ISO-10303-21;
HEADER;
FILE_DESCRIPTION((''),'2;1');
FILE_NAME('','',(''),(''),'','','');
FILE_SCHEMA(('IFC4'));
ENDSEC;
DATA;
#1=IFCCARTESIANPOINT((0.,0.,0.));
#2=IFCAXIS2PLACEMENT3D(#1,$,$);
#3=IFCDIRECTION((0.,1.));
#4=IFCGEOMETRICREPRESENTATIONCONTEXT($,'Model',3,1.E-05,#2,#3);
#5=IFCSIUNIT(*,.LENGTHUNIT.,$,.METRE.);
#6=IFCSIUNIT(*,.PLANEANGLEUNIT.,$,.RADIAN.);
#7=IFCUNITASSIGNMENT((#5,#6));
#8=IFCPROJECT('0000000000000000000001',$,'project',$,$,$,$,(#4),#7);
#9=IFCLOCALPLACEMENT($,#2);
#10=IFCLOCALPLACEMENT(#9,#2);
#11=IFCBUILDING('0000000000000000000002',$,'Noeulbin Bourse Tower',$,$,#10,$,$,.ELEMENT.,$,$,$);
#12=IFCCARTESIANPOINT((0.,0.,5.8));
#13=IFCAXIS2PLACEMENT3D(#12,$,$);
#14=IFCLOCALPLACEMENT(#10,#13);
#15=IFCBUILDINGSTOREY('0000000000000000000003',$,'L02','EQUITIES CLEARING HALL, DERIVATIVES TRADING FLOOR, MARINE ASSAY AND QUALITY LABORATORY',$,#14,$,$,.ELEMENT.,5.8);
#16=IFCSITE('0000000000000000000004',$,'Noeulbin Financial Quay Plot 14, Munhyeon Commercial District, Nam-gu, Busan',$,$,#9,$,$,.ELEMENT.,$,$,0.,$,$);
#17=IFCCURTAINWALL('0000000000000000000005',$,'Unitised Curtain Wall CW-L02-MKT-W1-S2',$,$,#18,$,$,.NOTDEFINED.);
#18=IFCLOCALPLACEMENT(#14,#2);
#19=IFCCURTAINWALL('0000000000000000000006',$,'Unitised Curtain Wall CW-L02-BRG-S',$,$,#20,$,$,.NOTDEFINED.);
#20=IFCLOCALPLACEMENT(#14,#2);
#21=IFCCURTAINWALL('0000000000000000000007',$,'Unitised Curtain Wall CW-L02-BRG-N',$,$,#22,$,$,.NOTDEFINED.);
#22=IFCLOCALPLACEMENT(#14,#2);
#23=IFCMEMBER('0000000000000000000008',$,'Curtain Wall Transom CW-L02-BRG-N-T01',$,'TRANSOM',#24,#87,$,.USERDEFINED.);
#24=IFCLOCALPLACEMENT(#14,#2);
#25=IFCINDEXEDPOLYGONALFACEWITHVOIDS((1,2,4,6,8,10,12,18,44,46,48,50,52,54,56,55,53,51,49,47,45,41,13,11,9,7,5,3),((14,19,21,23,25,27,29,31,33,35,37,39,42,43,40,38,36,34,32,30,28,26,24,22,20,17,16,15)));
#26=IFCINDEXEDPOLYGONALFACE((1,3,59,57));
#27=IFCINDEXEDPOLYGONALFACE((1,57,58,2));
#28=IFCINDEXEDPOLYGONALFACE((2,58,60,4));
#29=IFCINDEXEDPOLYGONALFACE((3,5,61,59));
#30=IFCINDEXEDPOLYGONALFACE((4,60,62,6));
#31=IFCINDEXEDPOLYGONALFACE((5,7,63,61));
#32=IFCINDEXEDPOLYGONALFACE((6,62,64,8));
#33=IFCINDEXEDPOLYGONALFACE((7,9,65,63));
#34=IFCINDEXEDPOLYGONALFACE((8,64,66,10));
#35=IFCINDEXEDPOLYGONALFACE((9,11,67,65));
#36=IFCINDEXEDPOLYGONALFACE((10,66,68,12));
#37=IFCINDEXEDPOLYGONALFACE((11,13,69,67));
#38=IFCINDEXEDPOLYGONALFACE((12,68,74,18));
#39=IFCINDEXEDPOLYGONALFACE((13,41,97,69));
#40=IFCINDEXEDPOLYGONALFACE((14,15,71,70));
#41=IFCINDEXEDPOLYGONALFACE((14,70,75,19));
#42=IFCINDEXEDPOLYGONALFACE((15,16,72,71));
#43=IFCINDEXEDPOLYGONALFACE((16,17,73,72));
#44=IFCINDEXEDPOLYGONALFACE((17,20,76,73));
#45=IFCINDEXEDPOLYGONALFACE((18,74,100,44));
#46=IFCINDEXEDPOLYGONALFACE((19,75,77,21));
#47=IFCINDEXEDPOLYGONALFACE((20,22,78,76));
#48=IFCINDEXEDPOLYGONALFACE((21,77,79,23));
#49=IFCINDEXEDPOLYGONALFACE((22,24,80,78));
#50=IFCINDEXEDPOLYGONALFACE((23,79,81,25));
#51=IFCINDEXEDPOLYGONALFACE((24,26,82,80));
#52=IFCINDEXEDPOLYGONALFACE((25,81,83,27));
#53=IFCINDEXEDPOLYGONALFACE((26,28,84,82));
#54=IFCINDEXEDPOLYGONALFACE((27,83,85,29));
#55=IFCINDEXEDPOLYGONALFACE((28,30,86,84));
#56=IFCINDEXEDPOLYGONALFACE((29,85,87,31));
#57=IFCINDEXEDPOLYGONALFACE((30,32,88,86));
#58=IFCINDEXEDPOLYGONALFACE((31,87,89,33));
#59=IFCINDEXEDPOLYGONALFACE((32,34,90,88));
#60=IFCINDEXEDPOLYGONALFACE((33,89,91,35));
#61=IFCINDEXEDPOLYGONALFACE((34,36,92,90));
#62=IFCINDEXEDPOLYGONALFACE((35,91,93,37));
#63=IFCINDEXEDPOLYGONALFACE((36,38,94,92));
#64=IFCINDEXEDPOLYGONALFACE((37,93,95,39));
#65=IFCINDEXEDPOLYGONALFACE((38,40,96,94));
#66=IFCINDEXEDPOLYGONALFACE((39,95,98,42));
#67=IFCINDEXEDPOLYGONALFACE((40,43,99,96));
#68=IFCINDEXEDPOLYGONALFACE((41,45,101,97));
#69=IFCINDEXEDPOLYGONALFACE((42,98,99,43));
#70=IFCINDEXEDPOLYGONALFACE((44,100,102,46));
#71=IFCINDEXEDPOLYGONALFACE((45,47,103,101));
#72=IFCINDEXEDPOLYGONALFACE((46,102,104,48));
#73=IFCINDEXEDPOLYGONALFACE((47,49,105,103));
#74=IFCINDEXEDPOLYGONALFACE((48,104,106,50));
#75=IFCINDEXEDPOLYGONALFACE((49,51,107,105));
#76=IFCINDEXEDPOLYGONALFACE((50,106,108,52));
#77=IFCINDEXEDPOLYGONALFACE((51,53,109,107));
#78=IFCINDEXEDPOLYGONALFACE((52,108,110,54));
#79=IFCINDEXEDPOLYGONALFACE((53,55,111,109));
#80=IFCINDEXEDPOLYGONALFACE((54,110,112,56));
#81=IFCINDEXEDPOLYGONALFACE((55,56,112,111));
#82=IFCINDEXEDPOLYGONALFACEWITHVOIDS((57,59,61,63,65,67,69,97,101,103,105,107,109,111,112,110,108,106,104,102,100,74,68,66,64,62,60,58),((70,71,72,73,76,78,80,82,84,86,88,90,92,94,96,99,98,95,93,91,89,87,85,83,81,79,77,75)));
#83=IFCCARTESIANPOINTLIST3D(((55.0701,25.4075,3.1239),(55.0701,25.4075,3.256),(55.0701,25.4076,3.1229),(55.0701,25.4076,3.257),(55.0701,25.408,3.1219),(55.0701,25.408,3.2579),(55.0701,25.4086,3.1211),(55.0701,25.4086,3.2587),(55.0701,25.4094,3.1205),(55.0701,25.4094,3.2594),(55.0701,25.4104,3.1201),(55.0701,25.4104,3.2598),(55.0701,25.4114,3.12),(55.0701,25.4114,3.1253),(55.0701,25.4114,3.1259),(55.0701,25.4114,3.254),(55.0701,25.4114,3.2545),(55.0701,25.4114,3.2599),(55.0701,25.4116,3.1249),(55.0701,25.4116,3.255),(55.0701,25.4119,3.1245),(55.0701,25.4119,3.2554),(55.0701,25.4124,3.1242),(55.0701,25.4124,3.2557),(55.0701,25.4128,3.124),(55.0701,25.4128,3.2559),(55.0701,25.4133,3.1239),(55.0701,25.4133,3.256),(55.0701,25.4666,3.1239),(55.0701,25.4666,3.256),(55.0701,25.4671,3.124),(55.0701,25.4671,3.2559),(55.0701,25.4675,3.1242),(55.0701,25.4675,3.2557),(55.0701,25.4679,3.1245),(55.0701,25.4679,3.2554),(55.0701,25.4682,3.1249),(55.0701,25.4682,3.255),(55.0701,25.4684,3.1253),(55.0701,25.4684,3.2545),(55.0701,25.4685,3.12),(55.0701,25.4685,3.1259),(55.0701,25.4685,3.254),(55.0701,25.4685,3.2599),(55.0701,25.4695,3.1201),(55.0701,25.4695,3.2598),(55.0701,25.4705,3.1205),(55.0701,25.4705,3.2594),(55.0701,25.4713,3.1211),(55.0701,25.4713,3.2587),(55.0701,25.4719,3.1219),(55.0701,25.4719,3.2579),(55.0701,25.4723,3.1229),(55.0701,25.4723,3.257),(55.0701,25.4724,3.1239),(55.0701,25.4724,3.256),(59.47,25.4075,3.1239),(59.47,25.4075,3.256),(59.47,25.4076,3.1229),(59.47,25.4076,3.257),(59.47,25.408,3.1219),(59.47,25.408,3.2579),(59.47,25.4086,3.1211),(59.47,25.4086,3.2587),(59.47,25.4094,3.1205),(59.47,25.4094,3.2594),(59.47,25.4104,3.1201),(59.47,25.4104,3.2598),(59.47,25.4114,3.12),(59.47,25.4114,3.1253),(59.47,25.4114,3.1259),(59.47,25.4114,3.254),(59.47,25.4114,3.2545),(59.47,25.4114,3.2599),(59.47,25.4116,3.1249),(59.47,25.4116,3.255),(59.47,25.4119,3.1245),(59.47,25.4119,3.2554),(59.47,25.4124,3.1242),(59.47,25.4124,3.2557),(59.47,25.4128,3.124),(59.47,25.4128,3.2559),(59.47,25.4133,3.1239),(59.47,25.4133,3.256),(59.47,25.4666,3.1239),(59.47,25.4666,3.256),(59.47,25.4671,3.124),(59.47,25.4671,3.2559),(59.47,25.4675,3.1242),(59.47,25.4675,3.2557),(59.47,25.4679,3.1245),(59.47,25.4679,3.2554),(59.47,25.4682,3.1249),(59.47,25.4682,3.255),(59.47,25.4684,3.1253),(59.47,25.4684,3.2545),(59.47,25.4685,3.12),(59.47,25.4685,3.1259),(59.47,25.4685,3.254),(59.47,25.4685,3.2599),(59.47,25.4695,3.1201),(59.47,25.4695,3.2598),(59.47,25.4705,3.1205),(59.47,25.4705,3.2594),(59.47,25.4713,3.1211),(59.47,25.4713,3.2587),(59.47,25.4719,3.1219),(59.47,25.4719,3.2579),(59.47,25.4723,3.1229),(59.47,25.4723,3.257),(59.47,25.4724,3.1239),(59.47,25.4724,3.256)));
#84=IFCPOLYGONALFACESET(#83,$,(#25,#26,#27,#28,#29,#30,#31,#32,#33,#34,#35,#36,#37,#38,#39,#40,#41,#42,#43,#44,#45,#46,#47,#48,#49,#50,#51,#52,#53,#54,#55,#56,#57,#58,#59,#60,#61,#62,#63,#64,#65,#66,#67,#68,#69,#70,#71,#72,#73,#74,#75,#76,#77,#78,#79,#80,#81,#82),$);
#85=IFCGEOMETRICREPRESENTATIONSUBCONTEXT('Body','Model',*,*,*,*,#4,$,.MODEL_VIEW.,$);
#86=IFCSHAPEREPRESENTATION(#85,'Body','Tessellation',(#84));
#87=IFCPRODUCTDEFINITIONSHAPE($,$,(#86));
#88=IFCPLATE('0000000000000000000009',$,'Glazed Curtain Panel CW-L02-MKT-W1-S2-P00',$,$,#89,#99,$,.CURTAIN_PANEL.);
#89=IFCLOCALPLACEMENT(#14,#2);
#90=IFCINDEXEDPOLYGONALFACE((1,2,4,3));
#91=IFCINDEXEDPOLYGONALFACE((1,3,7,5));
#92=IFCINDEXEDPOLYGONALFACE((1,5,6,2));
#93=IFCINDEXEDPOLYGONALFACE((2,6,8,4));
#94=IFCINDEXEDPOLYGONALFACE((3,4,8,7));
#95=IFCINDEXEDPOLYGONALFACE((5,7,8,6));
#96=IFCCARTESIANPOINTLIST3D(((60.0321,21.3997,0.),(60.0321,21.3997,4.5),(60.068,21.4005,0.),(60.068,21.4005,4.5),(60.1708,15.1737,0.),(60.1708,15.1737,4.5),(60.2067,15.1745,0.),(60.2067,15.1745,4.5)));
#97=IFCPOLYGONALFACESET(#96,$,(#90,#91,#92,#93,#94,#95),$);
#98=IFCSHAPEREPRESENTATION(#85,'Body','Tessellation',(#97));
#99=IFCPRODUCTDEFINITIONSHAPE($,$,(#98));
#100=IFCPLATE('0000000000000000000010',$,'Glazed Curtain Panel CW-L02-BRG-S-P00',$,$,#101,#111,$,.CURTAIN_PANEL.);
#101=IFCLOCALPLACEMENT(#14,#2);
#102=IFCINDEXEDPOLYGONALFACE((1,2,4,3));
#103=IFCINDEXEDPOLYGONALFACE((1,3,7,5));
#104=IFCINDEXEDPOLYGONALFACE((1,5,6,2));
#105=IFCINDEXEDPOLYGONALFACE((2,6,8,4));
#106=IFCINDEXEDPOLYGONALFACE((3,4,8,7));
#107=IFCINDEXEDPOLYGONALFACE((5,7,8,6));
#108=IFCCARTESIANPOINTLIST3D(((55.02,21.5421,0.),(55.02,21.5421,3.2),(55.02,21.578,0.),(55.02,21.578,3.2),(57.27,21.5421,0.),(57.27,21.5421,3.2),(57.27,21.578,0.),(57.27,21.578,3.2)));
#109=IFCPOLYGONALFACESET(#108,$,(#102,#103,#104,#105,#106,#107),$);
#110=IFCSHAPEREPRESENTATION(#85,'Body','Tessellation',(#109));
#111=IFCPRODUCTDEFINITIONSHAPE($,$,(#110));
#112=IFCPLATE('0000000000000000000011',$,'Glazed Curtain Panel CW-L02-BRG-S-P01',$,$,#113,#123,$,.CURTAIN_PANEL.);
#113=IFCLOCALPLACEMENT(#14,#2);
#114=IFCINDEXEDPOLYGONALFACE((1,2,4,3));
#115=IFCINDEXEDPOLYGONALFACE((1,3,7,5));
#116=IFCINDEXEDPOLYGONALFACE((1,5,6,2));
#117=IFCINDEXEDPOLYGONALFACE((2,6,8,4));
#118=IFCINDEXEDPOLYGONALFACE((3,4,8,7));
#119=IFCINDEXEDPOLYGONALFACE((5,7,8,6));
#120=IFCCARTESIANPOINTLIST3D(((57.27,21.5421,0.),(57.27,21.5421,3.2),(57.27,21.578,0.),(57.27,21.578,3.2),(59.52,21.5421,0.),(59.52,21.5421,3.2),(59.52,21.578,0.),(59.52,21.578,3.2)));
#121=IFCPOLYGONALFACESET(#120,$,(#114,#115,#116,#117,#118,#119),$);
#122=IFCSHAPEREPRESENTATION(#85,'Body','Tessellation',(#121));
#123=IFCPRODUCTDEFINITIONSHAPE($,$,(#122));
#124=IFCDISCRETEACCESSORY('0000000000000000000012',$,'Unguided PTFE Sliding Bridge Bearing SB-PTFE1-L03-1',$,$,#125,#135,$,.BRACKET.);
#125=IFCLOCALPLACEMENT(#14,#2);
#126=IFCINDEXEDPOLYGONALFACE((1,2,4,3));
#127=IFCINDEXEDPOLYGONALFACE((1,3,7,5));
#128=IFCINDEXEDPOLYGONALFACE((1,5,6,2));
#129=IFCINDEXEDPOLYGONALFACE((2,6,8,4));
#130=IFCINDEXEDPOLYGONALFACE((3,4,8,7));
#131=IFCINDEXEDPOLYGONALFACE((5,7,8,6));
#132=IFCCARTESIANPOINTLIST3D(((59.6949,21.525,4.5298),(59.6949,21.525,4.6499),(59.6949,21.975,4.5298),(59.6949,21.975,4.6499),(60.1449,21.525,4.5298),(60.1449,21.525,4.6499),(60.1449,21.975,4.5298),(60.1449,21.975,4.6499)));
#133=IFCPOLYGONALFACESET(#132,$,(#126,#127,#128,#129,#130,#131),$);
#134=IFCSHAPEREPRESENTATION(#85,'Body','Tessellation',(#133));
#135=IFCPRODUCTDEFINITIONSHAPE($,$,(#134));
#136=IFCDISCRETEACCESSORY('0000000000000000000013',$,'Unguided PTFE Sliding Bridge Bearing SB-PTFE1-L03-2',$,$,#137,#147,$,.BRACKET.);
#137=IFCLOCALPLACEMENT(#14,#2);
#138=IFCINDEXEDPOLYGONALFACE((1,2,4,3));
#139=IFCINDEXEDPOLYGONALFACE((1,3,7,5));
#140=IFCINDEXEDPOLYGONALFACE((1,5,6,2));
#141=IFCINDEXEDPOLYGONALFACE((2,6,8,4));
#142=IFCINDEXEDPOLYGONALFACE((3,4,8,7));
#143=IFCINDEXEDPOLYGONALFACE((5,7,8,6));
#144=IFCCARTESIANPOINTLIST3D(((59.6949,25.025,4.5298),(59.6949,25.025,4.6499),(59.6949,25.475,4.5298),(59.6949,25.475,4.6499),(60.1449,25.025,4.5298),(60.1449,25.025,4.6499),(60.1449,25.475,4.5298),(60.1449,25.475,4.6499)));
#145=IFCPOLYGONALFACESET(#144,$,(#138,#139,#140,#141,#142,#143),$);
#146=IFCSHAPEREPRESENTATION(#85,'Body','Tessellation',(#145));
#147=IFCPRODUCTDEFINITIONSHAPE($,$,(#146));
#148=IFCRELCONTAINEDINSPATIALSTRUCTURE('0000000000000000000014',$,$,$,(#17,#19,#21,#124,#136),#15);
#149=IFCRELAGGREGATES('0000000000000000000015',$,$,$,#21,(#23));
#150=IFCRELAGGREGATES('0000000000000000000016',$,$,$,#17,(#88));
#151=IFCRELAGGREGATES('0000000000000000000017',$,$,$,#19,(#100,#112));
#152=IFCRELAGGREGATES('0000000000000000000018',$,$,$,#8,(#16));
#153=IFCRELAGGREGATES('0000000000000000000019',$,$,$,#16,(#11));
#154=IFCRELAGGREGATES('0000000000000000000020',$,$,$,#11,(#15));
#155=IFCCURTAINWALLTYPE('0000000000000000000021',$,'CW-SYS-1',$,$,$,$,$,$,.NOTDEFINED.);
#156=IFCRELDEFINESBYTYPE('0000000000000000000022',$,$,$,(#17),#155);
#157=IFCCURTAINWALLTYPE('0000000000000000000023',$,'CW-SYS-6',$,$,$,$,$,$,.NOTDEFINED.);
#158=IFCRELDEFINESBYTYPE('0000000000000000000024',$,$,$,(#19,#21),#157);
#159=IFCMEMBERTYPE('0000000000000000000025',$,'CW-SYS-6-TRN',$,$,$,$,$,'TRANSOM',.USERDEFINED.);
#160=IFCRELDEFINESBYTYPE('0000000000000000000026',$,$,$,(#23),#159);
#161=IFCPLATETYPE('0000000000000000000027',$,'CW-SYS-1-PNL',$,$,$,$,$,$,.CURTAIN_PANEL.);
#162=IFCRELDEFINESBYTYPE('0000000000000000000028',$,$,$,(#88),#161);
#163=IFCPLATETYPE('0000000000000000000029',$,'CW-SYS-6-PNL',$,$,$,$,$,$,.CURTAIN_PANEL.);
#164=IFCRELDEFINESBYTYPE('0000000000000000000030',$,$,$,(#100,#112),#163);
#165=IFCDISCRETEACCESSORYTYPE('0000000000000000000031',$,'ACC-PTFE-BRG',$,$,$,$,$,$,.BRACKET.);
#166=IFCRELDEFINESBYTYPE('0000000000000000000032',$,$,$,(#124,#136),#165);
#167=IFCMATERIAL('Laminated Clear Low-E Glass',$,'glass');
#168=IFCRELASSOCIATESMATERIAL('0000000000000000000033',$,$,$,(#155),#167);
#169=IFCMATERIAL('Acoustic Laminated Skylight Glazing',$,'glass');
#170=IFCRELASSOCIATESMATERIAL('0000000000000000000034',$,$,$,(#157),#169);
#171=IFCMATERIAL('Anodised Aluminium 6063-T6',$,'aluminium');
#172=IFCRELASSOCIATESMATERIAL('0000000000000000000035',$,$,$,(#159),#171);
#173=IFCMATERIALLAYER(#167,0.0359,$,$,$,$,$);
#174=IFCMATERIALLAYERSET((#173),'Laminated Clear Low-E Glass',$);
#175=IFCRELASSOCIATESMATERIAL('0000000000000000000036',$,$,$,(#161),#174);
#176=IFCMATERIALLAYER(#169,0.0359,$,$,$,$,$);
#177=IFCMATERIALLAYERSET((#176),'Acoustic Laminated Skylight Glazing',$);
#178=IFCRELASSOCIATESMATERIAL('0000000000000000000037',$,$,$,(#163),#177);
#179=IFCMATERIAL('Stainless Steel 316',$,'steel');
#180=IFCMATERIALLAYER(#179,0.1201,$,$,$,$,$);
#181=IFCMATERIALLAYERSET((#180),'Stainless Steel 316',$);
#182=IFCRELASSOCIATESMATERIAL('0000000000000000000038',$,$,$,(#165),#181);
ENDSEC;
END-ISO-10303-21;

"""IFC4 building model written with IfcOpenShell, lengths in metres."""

from ifc_helpers import new_model, si_unit, direction, frame, origin, origin_2d, place, context, subcontext, project, spatial, rectangle, hollow_rectangle, extrude, material, layer, layer_set, material_profile, profile_set, type_object, element, aggregate, save


model = new_model("IFC4")

# Units and contexts
model_context = context("Model", 3, precision=1e-05, world=origin(), true_north=direction((0.0, 1.0)))
body_context = subcontext(model_context, "Body", "Model", "MODEL_VIEW")
ifc_project = project(units=[si_unit("LENGTHUNIT", "METRE"), si_unit("PLANEANGLEUNIT", "RADIAN")], contexts=[model_context])

# Site, building, storey
site_placement = place(None, origin())
site = spatial("IfcSite", under=ifc_project, at=site_placement, Name="Noeulbin Financial Quay Plot 14, Munhyeon Commercial District, Nam-gu, Busan", CompositionType="ELEMENT", RefElevation=0.0)
building_placement = place(site_placement, origin())
building = spatial("IfcBuilding", under=site, at=building_placement, Name="Noeulbin Bourse Tower", CompositionType="ELEMENT")
storey_placement = place(building_placement, frame((0.0, 0.0, 5.8)))
storey = spatial("IfcBuildingStorey", under=building, at=storey_placement, Name="L02", Description="EQUITIES CLEARING HALL, DERIVATIVES TRADING FLOOR, MARINE ASSAY AND QUALITY LABORATORY", CompositionType="ELEMENT", Elevation=5.8)

# Curtain wall
ifc_material_1 = material(Name="Laminated Clear Low-E Glass", Category="glass")
curtain_wall_type_1 = type_object("IfcCurtainWallType", Name="CW-SYS-1", PredefinedType="NOTDEFINED", material=ifc_material_1)
curtain_wall_1_placement = place(storey_placement, origin())
curtain_wall_1 = element("IfcCurtainWall", 1, at=curtain_wall_1_placement, inside=storey, type_object=curtain_wall_type_1, Name="Unitised Curtain Wall CW-L02-MKT-W1-S2", PredefinedType="NOTDEFINED")
ifc_material_2 = material(Name="Anodised Aluminium 6063-T6", Category="aluminium")

# Curtain wall
ifc_material_3 = material(Name="Acoustic Laminated Skylight Glazing", Category="glass")
curtain_wall_type_2 = type_object("IfcCurtainWallType", Name="CW-SYS-6", PredefinedType="NOTDEFINED", material=ifc_material_3)
curtain_wall_2_placement = place(storey_placement, origin())
curtain_wall_2 = element("IfcCurtainWall", 2, at=curtain_wall_2_placement, inside=storey, type_object=curtain_wall_type_2, Name="Unitised Curtain Wall CW-L02-BRG-S", PredefinedType="NOTDEFINED")

# Curtain wall
curtain_wall_3_placement = place(storey_placement, origin())
curtain_wall_3 = element("IfcCurtainWall", 3, at=curtain_wall_3_placement, inside=storey, type_object=curtain_wall_type_2, Name="Unitised Curtain Wall CW-L02-BRG-N", PredefinedType="NOTDEFINED")

# Member
ifc_material_profile_1 = material_profile(ifc_material_2, hollow_rectangle(XDim=0.0649, YDim=0.1399, WallThickness=0.0039, InnerFilletRadius=0.002, OuterFilletRadius=0.0039, at=origin_2d()), Name="ALU-TRAN-65x140x4", Category="LoadBearing")
ifc_profile_set_1 = profile_set([ifc_material_profile_1], Name="Anodised Aluminium 6063-T6")
member_type_1 = type_object("IfcMemberType", Name="CW-SYS-6-TRN", ElementType="TRANSOM", PredefinedType="USERDEFINED", material=ifc_profile_set_1)
member_1_placement = place(storey_placement, frame((55.0701, 25.4399, 3.1899), z_axis=(1.0, 0.0, 0.0), x_axis=(0.0, 1.0, 0.0)))
member_1 = element("IfcMember", 4, at=member_1_placement, type_object=member_type_1, Name="Curtain Wall Transom CW-L02-BRG-N-T01", ObjectType="TRANSOM", PredefinedType="USERDEFINED", context=body_context, shape_type="SweptSolid", body=[
    extrude(hollow_rectangle(XDim=0.0649, YDim=0.1399, WallThickness=0.0039, InnerFilletRadius=0.002, OuterFilletRadius=0.0039, at=origin_2d()), origin(), (0.0, 0.0, 1.0), 4.3999),
])
aggregate(curtain_wall_3, [member_1])

# Plates
ifc_layer_1 = layer(ifc_material_1, 0.0359)
ifc_layer_set_1 = layer_set([ifc_layer_1], Name="Laminated Clear Low-E Glass")
plate_type_1 = type_object("IfcPlateType", Name="CW-SYS-1-PNL", PredefinedType="CURTAIN_PANEL", material=ifc_layer_set_1)
plate_1_placement = place(storey_placement, frame((60.1194, 18.2871, 0.0), z_axis=(0.0, 0.0, 1.0), x_axis=(-0.022269, 0.999752, 0.0)))
plate_1 = element("IfcPlate", 5, at=plate_1_placement, type_object=plate_type_1, Name="Glazed Curtain Panel CW-L02-MKT-W1-S2-P00", PredefinedType="CURTAIN_PANEL", context=body_context, shape_type="SweptSolid", body=[
    extrude(rectangle(XDim=6.2275, YDim=0.0359, at=origin_2d()), origin(), (0.0, 0.0, 1.0), 4.5),
])
aggregate(curtain_wall_1, [plate_1])
ifc_layer_2 = layer(ifc_material_3, 0.0359)
ifc_layer_set_2 = layer_set([ifc_layer_2], Name="Acoustic Laminated Skylight Glazing")
plate_type_2 = type_object("IfcPlateType", Name="CW-SYS-6-PNL", PredefinedType="CURTAIN_PANEL", material=ifc_layer_set_2)
plate_2_placement = place(storey_placement, frame((56.145, 21.5601, 0.0), z_axis=(0.0, 0.0, 1.0), x_axis=(1.0, 0.0, 0.0)))
plate_2 = element("IfcPlate", 6, at=plate_2_placement, type_object=plate_type_2, Name="Glazed Curtain Panel CW-L02-BRG-S-P00", PredefinedType="CURTAIN_PANEL", context=body_context, shape_type="SweptSolid", body=[
    extrude(rectangle(XDim=2.25, YDim=0.0359, at=origin_2d()), origin(), (0.0, 0.0, 1.0), 3.2),
])
plate_3_placement = place(storey_placement, frame((58.395, 21.5601, 0.0), z_axis=(0.0, 0.0, 1.0), x_axis=(1.0, 0.0, 0.0)))
plate_3 = element("IfcPlate", 7, at=plate_3_placement, type_object=plate_type_2, Name="Glazed Curtain Panel CW-L02-BRG-S-P01", PredefinedType="CURTAIN_PANEL", context=body_context, shape_type="SweptSolid", body=[
    extrude(rectangle(XDim=2.25, YDim=0.0359, at=origin_2d()), origin(), (0.0, 0.0, 1.0), 3.2),
])
aggregate(curtain_wall_2, [plate_2, plate_3])

# Discrete accessories
ifc_material_4 = material(Name="Stainless Steel 316", Category="steel")
ifc_layer_3 = layer(ifc_material_4, 0.1201)
ifc_layer_set_3 = layer_set([ifc_layer_3], Name="Stainless Steel 316")
discrete_accessory_type = type_object("IfcDiscreteAccessoryType", Name="ACC-PTFE-BRG", PredefinedType="BRACKET", material=ifc_layer_set_3)
for number, where, z_axis, x_axis, name in (
    (8, (59.9199, 21.75, 4.5298), (0.0, 0.0, 1.0), (1.0, 0.0, 0.0), "Unguided PTFE Sliding Bridge Bearing SB-PTFE1-L03-1"),
    (9, (59.9199, 25.25, 4.5298), (0.0, 0.0, 1.0), (1.0, 0.0, 0.0), "Unguided PTFE Sliding Bridge Bearing SB-PTFE1-L03-2"),
):
    element("IfcDiscreteAccessory", number, at=place(storey_placement, frame(where, z_axis=z_axis, x_axis=x_axis)), inside=storey, type_object=discrete_accessory_type, Name=name, PredefinedType="BRACKET", context=body_context, shape_type="SweptSolid", body=[
        extrude(rectangle(XDim=0.45, YDim=0.45, at=origin_2d()), origin(), (0.0, 0.0, 1.0), 0.1201),
    ])

save(model, "model.ifc")
